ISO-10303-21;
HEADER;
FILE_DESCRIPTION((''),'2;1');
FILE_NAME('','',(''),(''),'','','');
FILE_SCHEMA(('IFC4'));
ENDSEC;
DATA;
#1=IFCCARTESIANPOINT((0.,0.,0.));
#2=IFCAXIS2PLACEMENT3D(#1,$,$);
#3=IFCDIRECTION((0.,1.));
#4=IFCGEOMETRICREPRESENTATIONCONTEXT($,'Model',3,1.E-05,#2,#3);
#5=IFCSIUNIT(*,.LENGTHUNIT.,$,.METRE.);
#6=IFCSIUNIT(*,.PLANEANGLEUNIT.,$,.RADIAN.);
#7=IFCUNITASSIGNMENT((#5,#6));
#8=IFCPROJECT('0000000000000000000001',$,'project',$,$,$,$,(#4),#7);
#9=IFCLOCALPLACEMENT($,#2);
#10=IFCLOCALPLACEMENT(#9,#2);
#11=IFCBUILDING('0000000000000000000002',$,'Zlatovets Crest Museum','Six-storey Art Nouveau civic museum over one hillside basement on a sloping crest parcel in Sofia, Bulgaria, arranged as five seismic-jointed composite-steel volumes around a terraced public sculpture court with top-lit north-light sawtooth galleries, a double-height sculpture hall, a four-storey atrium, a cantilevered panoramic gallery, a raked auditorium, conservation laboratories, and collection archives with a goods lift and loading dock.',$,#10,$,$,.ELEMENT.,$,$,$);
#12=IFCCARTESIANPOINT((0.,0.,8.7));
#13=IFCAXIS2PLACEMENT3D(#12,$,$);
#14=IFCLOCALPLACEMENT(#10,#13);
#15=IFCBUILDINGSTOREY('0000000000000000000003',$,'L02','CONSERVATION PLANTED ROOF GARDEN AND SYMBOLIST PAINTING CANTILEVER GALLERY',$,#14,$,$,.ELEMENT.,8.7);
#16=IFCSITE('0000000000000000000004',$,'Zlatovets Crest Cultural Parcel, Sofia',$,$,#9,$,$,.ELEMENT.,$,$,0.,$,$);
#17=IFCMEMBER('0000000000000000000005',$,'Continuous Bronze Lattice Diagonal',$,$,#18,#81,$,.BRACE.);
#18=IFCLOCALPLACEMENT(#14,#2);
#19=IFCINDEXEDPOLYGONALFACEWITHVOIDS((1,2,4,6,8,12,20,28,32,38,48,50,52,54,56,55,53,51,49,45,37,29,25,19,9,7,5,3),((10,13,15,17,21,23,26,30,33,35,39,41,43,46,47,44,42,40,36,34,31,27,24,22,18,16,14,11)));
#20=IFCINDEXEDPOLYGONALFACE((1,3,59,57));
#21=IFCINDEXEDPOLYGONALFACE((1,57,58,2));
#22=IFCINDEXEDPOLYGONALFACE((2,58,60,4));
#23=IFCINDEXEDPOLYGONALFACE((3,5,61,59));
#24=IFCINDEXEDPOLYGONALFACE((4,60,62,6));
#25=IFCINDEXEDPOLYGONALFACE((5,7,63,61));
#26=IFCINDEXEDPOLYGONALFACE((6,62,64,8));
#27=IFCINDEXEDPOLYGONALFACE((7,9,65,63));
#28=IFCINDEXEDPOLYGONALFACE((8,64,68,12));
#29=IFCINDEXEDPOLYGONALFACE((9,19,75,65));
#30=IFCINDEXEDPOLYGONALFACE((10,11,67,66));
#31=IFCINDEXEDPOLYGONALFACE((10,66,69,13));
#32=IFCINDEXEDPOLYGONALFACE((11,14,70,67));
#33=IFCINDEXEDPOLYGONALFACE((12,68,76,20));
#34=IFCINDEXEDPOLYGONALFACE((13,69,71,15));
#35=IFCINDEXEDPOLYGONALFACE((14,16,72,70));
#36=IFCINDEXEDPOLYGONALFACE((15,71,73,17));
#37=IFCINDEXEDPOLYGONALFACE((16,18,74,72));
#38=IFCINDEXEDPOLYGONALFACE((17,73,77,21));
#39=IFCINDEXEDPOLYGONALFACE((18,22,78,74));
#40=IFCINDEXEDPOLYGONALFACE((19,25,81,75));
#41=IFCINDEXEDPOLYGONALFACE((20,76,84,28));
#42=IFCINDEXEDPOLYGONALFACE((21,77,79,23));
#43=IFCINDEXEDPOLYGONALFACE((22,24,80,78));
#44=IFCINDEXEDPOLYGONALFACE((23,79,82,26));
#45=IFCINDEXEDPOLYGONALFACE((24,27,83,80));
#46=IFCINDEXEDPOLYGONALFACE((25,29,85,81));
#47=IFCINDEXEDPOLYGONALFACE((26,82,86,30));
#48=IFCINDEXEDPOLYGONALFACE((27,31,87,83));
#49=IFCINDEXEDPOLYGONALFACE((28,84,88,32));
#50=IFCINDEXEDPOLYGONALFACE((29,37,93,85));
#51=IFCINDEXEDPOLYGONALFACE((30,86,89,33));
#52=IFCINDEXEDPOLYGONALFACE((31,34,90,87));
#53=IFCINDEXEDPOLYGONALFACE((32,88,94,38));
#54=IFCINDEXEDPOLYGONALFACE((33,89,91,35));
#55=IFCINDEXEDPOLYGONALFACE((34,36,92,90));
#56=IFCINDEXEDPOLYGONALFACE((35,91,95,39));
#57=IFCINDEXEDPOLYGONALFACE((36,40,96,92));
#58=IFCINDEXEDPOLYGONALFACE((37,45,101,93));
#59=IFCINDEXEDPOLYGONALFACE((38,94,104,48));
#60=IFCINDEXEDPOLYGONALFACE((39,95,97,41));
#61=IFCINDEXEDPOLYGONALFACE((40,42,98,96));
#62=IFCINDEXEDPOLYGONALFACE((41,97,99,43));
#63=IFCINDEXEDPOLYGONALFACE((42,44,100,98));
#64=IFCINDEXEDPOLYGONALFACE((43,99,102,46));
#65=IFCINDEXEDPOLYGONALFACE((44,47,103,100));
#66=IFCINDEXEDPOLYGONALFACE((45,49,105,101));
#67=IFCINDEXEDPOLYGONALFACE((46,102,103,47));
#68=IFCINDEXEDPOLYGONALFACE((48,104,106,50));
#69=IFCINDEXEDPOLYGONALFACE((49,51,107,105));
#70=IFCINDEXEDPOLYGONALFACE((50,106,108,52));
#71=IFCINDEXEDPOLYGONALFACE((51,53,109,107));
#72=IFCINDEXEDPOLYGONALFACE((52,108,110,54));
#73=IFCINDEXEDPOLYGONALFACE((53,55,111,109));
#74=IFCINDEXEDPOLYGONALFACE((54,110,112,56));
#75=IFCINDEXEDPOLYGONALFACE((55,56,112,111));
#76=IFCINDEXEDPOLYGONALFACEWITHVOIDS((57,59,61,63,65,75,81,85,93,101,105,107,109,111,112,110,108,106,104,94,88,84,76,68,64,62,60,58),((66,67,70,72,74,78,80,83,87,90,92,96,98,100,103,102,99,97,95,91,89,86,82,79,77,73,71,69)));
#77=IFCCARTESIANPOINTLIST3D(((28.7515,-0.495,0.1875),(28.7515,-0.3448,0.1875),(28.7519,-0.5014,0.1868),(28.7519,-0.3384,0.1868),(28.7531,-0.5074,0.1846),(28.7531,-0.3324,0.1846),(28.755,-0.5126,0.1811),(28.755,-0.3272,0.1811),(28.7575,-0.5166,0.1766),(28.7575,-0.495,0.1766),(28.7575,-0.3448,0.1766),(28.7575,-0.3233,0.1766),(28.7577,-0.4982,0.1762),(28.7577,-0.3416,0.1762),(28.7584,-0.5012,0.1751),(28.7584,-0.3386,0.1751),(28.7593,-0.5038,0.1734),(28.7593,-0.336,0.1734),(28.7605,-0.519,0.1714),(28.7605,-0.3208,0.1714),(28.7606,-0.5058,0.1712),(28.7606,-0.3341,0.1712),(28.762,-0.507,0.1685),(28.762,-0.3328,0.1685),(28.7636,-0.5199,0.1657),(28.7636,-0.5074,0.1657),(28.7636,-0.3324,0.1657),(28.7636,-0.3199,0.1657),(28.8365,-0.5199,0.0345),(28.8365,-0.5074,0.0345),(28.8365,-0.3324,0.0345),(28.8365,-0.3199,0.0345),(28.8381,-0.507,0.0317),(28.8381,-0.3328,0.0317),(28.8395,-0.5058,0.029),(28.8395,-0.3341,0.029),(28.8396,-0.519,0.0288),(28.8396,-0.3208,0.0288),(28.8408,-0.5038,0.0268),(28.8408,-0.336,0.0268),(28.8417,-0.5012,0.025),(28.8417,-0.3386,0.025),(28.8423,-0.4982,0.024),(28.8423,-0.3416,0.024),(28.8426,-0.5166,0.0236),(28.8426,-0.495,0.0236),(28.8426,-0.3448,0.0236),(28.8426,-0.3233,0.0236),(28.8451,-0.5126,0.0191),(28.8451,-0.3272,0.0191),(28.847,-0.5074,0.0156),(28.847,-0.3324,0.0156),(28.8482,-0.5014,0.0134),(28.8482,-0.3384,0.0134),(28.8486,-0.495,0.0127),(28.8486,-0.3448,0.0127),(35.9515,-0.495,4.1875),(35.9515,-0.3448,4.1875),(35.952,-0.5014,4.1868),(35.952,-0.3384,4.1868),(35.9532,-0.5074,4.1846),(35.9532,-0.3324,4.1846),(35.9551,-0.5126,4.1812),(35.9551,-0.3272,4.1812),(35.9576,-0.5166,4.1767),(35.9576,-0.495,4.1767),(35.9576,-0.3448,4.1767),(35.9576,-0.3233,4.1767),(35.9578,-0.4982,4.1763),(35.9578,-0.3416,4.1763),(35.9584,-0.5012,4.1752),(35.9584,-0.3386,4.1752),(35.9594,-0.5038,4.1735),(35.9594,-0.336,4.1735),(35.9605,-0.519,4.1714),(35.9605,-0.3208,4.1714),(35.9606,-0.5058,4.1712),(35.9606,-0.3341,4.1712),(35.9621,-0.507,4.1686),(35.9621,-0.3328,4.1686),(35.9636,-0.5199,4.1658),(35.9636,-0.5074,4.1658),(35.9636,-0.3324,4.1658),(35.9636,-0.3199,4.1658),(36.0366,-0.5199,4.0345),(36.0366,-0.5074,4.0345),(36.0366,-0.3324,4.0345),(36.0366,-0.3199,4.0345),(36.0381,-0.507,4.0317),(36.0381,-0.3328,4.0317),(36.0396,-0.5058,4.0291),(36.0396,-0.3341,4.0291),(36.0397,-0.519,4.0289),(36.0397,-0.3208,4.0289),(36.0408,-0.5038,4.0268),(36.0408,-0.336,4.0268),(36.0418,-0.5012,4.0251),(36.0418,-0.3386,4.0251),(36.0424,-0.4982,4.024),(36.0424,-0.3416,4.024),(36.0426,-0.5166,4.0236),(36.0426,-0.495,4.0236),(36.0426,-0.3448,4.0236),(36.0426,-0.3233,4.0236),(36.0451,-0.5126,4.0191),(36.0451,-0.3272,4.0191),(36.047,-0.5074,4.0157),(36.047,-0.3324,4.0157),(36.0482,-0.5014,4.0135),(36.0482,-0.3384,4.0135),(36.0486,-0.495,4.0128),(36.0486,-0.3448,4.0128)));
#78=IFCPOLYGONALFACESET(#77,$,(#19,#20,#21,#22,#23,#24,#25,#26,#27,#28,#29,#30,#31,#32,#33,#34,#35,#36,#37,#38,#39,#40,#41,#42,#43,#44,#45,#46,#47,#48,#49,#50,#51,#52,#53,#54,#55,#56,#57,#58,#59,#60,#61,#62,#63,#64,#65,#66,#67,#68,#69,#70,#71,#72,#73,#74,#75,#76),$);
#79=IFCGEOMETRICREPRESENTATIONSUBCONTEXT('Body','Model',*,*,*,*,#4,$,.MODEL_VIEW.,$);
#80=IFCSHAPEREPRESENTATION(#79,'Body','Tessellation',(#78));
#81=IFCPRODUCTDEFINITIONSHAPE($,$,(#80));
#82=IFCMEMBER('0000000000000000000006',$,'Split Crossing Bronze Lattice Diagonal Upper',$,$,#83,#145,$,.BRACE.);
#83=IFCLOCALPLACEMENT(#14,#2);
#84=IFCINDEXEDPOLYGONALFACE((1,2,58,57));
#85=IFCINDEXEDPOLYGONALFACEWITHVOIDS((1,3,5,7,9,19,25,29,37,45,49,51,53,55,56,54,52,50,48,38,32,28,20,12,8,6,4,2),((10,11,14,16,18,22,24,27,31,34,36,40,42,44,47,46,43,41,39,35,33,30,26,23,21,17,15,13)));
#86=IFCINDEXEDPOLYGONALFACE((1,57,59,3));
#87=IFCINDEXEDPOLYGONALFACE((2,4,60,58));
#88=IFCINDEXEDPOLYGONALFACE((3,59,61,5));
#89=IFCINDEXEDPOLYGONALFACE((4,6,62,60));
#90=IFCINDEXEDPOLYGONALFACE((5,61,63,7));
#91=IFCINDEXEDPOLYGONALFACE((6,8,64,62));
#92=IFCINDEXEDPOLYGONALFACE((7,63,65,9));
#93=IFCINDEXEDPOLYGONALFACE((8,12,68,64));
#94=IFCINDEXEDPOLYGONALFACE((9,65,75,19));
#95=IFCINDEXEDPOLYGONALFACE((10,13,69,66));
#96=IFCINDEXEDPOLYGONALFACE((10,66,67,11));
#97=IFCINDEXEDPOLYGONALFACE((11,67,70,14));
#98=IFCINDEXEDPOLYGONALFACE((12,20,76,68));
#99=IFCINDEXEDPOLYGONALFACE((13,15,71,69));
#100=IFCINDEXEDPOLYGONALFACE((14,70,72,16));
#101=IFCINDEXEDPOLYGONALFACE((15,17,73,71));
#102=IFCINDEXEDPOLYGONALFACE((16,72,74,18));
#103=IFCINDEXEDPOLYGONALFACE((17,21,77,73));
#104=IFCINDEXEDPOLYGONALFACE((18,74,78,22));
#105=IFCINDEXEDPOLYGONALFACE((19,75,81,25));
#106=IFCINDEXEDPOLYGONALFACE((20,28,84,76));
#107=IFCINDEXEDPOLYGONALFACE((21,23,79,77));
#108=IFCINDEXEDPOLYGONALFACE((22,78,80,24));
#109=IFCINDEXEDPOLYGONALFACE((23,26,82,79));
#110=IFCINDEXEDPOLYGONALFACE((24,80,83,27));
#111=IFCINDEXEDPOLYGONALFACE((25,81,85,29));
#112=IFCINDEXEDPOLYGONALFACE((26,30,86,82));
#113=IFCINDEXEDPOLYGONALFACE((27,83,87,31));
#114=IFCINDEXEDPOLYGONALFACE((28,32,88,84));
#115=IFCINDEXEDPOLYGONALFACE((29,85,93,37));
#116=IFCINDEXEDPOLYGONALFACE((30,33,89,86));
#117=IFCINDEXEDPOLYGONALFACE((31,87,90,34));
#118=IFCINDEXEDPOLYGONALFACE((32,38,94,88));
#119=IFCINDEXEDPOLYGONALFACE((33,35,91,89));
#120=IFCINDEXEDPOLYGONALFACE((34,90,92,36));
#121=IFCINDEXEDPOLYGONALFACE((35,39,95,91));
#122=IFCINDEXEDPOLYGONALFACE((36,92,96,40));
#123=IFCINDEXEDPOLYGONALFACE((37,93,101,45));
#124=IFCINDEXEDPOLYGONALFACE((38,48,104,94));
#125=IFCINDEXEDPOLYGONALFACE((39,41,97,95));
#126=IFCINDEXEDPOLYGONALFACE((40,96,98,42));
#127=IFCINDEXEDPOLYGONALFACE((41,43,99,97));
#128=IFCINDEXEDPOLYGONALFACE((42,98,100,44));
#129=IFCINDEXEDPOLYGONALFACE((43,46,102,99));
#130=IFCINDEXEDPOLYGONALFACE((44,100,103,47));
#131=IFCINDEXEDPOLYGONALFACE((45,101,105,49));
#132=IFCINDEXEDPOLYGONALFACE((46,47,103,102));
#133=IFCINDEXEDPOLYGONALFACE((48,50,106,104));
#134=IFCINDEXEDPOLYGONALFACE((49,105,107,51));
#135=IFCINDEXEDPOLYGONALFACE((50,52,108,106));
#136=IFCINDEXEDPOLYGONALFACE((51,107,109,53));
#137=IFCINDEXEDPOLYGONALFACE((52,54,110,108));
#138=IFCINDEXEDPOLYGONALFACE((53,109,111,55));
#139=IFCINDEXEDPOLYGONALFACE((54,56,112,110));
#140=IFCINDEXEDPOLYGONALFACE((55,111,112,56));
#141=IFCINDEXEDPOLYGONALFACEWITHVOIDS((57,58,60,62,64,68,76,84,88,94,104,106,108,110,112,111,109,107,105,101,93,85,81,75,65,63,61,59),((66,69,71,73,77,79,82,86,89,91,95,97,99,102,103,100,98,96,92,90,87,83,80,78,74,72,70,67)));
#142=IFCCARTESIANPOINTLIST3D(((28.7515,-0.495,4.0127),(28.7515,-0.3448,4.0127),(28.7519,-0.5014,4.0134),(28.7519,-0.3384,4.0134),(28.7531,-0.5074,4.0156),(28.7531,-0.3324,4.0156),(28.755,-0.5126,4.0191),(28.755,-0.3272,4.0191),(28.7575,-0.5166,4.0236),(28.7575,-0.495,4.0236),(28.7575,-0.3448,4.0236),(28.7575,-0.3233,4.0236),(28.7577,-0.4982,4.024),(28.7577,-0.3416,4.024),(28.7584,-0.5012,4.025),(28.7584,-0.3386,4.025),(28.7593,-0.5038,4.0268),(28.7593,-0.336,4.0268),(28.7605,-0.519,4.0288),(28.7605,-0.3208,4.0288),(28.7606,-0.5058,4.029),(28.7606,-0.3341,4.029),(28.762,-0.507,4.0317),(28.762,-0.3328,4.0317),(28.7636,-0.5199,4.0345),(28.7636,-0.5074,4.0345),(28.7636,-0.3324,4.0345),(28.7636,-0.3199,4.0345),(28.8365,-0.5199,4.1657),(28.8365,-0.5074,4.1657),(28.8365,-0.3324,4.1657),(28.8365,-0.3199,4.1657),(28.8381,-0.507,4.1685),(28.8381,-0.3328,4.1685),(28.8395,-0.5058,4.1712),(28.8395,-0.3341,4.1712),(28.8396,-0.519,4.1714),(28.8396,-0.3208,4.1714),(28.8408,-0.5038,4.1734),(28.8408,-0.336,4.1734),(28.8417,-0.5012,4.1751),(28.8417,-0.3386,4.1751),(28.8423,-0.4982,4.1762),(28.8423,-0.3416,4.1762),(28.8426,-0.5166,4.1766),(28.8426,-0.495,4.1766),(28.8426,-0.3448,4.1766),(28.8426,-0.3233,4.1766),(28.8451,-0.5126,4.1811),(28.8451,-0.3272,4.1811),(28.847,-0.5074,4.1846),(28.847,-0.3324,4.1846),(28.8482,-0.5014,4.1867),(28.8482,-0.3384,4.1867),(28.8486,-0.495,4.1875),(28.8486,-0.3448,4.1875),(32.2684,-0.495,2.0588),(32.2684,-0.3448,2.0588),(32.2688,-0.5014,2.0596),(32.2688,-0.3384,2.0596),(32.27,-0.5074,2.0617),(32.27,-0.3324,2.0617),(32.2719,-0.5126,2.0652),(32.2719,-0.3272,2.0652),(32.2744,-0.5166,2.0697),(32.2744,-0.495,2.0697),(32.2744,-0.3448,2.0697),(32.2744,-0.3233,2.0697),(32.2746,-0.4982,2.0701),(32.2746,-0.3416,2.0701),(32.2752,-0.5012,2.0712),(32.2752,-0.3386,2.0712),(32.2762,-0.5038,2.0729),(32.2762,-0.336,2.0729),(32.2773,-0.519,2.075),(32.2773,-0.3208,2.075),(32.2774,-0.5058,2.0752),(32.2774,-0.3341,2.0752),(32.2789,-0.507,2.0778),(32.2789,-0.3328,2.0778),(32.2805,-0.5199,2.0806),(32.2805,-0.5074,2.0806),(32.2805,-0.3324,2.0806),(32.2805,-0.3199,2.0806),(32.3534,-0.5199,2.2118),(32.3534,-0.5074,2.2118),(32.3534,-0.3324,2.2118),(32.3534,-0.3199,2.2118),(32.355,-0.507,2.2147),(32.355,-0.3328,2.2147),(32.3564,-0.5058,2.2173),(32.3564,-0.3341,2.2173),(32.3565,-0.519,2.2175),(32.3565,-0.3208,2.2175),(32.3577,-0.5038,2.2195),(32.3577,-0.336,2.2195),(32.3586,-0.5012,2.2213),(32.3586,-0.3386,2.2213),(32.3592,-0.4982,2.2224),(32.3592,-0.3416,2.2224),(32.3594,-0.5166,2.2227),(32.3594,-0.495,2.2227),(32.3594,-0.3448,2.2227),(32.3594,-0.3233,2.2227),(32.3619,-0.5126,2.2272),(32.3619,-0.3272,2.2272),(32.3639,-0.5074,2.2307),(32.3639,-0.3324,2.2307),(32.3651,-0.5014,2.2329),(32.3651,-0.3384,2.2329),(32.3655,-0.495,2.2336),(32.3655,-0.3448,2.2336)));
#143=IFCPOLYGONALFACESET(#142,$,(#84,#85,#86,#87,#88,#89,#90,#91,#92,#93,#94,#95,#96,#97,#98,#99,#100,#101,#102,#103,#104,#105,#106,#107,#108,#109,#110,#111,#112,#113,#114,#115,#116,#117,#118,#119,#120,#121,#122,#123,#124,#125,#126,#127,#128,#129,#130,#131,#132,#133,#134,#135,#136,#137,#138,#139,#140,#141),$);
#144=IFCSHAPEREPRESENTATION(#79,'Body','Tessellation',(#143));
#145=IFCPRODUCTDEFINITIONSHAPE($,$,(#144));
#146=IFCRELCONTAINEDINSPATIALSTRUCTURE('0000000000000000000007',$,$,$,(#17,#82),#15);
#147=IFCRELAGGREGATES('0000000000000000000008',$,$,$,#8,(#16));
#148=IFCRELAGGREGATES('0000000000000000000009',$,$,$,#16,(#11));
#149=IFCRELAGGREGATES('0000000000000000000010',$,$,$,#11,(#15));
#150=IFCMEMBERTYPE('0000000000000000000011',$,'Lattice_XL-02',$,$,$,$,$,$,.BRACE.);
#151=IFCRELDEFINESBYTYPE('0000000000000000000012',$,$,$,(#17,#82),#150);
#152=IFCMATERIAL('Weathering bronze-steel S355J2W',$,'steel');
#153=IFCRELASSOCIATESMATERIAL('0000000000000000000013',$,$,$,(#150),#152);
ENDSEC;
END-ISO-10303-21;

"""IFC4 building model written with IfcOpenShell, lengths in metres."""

from ifc_helpers import new_model, si_unit, direction, frame, origin, origin_2d, place, context, subcontext, project, spatial, hollow_rectangle, extrude, material, material_profile, profile_set, type_object, element, save


model = new_model("IFC4")

# Units and contexts
model_context = context("Model", 3, precision=1e-05, world=origin(), true_north=direction((0.0, 1.0)))
body_context = subcontext(model_context, "Body", "Model", "MODEL_VIEW")
ifc_project = project(units=[si_unit("LENGTHUNIT", "METRE"), si_unit("PLANEANGLEUNIT", "RADIAN")], contexts=[model_context])

# Site, building, storey
site_placement = place(None, origin())
site = spatial("IfcSite", under=ifc_project, at=site_placement, Name="Zlatovets Crest Cultural Parcel, Sofia", CompositionType="ELEMENT", RefElevation=0.0)
building_placement = place(site_placement, origin())
building = spatial("IfcBuilding", under=site, at=building_placement, Name="Zlatovets Crest Museum", Description="Six-storey Art Nouveau civic museum over one hillside basement on a sloping crest parcel in Sofia, Bulgaria, arranged as five seismic-jointed composite-steel volumes around a terraced public sculpture court with top-lit north-light sawtooth galleries, a double-height sculpture hall, a four-storey atrium, a cantilevered panoramic gallery, a raked auditorium, conservation laboratories, and collection archives with a goods lift and loading dock.", CompositionType="ELEMENT")
storey_placement = place(building_placement, frame((0.0, 0.0, 8.7)))
storey = spatial("IfcBuildingStorey", under=building, at=storey_placement, Name="L02", Description="CONSERVATION PLANTED ROOF GARDEN AND SYMBOLIST PAINTING CANTILEVER GALLERY", CompositionType="ELEMENT", Elevation=8.7)

# Members
ifc_material_1 = material(Name="Weathering bronze-steel S355J2W", Category="steel")
ifc_material_profile_1 = material_profile(ifc_material_1, hollow_rectangle(XDim=0.2, YDim=0.2, WallThickness=0.0125, InnerFilletRadius=0.0125, OuterFilletRadius=0.0249, at=origin_2d()), Name="SHS 200x200x12.5")
ifc_profile_set_1 = profile_set([ifc_material_profile_1], Name="Weathering bronze-steel S355J2W")
member_type_1 = type_object("IfcMemberType", Name="Lattice_XL-02", PredefinedType="BRACE", material=ifc_profile_set_1)
member_1_placement = place(storey_placement, frame((28.8, -0.4199, 0.1001), z_axis=(0.874156, 0.0, 0.485645), x_axis=(0.0, 1.0, 0.0)))
element("IfcMember", 1, at=member_1_placement, inside=storey, type_object=member_type_1, Name="Continuous Bronze Lattice Diagonal", PredefinedType="BRACE", context=body_context, shape_type="SweptSolid", body=[
    extrude(hollow_rectangle(XDim=0.2, YDim=0.2, WallThickness=0.0125, InnerFilletRadius=0.0125, OuterFilletRadius=0.0249, at=origin_2d()), origin(), (0.0, 0.0, 1.0), 8.2366),
])
member_2_placement = place(storey_placement, frame((28.8, -0.4199, 4.1001), z_axis=(0.874152, 0.0, -0.485653), x_axis=(0.0, 1.0, 0.0)))
element("IfcMember", 2, at=member_2_placement, inside=storey, type_object=member_type_1, Name="Split Crossing Bronze Lattice Diagonal Upper", PredefinedType="BRACE", context=body_context, shape_type="SweptSolid", body=[
    extrude(hollow_rectangle(XDim=0.2, YDim=0.2, WallThickness=0.0125, InnerFilletRadius=0.0125, OuterFilletRadius=0.0249, at=origin_2d()), origin(), (0.0, 0.0, 1.0), 4.0232),
])

save(model, "model.ifc")
